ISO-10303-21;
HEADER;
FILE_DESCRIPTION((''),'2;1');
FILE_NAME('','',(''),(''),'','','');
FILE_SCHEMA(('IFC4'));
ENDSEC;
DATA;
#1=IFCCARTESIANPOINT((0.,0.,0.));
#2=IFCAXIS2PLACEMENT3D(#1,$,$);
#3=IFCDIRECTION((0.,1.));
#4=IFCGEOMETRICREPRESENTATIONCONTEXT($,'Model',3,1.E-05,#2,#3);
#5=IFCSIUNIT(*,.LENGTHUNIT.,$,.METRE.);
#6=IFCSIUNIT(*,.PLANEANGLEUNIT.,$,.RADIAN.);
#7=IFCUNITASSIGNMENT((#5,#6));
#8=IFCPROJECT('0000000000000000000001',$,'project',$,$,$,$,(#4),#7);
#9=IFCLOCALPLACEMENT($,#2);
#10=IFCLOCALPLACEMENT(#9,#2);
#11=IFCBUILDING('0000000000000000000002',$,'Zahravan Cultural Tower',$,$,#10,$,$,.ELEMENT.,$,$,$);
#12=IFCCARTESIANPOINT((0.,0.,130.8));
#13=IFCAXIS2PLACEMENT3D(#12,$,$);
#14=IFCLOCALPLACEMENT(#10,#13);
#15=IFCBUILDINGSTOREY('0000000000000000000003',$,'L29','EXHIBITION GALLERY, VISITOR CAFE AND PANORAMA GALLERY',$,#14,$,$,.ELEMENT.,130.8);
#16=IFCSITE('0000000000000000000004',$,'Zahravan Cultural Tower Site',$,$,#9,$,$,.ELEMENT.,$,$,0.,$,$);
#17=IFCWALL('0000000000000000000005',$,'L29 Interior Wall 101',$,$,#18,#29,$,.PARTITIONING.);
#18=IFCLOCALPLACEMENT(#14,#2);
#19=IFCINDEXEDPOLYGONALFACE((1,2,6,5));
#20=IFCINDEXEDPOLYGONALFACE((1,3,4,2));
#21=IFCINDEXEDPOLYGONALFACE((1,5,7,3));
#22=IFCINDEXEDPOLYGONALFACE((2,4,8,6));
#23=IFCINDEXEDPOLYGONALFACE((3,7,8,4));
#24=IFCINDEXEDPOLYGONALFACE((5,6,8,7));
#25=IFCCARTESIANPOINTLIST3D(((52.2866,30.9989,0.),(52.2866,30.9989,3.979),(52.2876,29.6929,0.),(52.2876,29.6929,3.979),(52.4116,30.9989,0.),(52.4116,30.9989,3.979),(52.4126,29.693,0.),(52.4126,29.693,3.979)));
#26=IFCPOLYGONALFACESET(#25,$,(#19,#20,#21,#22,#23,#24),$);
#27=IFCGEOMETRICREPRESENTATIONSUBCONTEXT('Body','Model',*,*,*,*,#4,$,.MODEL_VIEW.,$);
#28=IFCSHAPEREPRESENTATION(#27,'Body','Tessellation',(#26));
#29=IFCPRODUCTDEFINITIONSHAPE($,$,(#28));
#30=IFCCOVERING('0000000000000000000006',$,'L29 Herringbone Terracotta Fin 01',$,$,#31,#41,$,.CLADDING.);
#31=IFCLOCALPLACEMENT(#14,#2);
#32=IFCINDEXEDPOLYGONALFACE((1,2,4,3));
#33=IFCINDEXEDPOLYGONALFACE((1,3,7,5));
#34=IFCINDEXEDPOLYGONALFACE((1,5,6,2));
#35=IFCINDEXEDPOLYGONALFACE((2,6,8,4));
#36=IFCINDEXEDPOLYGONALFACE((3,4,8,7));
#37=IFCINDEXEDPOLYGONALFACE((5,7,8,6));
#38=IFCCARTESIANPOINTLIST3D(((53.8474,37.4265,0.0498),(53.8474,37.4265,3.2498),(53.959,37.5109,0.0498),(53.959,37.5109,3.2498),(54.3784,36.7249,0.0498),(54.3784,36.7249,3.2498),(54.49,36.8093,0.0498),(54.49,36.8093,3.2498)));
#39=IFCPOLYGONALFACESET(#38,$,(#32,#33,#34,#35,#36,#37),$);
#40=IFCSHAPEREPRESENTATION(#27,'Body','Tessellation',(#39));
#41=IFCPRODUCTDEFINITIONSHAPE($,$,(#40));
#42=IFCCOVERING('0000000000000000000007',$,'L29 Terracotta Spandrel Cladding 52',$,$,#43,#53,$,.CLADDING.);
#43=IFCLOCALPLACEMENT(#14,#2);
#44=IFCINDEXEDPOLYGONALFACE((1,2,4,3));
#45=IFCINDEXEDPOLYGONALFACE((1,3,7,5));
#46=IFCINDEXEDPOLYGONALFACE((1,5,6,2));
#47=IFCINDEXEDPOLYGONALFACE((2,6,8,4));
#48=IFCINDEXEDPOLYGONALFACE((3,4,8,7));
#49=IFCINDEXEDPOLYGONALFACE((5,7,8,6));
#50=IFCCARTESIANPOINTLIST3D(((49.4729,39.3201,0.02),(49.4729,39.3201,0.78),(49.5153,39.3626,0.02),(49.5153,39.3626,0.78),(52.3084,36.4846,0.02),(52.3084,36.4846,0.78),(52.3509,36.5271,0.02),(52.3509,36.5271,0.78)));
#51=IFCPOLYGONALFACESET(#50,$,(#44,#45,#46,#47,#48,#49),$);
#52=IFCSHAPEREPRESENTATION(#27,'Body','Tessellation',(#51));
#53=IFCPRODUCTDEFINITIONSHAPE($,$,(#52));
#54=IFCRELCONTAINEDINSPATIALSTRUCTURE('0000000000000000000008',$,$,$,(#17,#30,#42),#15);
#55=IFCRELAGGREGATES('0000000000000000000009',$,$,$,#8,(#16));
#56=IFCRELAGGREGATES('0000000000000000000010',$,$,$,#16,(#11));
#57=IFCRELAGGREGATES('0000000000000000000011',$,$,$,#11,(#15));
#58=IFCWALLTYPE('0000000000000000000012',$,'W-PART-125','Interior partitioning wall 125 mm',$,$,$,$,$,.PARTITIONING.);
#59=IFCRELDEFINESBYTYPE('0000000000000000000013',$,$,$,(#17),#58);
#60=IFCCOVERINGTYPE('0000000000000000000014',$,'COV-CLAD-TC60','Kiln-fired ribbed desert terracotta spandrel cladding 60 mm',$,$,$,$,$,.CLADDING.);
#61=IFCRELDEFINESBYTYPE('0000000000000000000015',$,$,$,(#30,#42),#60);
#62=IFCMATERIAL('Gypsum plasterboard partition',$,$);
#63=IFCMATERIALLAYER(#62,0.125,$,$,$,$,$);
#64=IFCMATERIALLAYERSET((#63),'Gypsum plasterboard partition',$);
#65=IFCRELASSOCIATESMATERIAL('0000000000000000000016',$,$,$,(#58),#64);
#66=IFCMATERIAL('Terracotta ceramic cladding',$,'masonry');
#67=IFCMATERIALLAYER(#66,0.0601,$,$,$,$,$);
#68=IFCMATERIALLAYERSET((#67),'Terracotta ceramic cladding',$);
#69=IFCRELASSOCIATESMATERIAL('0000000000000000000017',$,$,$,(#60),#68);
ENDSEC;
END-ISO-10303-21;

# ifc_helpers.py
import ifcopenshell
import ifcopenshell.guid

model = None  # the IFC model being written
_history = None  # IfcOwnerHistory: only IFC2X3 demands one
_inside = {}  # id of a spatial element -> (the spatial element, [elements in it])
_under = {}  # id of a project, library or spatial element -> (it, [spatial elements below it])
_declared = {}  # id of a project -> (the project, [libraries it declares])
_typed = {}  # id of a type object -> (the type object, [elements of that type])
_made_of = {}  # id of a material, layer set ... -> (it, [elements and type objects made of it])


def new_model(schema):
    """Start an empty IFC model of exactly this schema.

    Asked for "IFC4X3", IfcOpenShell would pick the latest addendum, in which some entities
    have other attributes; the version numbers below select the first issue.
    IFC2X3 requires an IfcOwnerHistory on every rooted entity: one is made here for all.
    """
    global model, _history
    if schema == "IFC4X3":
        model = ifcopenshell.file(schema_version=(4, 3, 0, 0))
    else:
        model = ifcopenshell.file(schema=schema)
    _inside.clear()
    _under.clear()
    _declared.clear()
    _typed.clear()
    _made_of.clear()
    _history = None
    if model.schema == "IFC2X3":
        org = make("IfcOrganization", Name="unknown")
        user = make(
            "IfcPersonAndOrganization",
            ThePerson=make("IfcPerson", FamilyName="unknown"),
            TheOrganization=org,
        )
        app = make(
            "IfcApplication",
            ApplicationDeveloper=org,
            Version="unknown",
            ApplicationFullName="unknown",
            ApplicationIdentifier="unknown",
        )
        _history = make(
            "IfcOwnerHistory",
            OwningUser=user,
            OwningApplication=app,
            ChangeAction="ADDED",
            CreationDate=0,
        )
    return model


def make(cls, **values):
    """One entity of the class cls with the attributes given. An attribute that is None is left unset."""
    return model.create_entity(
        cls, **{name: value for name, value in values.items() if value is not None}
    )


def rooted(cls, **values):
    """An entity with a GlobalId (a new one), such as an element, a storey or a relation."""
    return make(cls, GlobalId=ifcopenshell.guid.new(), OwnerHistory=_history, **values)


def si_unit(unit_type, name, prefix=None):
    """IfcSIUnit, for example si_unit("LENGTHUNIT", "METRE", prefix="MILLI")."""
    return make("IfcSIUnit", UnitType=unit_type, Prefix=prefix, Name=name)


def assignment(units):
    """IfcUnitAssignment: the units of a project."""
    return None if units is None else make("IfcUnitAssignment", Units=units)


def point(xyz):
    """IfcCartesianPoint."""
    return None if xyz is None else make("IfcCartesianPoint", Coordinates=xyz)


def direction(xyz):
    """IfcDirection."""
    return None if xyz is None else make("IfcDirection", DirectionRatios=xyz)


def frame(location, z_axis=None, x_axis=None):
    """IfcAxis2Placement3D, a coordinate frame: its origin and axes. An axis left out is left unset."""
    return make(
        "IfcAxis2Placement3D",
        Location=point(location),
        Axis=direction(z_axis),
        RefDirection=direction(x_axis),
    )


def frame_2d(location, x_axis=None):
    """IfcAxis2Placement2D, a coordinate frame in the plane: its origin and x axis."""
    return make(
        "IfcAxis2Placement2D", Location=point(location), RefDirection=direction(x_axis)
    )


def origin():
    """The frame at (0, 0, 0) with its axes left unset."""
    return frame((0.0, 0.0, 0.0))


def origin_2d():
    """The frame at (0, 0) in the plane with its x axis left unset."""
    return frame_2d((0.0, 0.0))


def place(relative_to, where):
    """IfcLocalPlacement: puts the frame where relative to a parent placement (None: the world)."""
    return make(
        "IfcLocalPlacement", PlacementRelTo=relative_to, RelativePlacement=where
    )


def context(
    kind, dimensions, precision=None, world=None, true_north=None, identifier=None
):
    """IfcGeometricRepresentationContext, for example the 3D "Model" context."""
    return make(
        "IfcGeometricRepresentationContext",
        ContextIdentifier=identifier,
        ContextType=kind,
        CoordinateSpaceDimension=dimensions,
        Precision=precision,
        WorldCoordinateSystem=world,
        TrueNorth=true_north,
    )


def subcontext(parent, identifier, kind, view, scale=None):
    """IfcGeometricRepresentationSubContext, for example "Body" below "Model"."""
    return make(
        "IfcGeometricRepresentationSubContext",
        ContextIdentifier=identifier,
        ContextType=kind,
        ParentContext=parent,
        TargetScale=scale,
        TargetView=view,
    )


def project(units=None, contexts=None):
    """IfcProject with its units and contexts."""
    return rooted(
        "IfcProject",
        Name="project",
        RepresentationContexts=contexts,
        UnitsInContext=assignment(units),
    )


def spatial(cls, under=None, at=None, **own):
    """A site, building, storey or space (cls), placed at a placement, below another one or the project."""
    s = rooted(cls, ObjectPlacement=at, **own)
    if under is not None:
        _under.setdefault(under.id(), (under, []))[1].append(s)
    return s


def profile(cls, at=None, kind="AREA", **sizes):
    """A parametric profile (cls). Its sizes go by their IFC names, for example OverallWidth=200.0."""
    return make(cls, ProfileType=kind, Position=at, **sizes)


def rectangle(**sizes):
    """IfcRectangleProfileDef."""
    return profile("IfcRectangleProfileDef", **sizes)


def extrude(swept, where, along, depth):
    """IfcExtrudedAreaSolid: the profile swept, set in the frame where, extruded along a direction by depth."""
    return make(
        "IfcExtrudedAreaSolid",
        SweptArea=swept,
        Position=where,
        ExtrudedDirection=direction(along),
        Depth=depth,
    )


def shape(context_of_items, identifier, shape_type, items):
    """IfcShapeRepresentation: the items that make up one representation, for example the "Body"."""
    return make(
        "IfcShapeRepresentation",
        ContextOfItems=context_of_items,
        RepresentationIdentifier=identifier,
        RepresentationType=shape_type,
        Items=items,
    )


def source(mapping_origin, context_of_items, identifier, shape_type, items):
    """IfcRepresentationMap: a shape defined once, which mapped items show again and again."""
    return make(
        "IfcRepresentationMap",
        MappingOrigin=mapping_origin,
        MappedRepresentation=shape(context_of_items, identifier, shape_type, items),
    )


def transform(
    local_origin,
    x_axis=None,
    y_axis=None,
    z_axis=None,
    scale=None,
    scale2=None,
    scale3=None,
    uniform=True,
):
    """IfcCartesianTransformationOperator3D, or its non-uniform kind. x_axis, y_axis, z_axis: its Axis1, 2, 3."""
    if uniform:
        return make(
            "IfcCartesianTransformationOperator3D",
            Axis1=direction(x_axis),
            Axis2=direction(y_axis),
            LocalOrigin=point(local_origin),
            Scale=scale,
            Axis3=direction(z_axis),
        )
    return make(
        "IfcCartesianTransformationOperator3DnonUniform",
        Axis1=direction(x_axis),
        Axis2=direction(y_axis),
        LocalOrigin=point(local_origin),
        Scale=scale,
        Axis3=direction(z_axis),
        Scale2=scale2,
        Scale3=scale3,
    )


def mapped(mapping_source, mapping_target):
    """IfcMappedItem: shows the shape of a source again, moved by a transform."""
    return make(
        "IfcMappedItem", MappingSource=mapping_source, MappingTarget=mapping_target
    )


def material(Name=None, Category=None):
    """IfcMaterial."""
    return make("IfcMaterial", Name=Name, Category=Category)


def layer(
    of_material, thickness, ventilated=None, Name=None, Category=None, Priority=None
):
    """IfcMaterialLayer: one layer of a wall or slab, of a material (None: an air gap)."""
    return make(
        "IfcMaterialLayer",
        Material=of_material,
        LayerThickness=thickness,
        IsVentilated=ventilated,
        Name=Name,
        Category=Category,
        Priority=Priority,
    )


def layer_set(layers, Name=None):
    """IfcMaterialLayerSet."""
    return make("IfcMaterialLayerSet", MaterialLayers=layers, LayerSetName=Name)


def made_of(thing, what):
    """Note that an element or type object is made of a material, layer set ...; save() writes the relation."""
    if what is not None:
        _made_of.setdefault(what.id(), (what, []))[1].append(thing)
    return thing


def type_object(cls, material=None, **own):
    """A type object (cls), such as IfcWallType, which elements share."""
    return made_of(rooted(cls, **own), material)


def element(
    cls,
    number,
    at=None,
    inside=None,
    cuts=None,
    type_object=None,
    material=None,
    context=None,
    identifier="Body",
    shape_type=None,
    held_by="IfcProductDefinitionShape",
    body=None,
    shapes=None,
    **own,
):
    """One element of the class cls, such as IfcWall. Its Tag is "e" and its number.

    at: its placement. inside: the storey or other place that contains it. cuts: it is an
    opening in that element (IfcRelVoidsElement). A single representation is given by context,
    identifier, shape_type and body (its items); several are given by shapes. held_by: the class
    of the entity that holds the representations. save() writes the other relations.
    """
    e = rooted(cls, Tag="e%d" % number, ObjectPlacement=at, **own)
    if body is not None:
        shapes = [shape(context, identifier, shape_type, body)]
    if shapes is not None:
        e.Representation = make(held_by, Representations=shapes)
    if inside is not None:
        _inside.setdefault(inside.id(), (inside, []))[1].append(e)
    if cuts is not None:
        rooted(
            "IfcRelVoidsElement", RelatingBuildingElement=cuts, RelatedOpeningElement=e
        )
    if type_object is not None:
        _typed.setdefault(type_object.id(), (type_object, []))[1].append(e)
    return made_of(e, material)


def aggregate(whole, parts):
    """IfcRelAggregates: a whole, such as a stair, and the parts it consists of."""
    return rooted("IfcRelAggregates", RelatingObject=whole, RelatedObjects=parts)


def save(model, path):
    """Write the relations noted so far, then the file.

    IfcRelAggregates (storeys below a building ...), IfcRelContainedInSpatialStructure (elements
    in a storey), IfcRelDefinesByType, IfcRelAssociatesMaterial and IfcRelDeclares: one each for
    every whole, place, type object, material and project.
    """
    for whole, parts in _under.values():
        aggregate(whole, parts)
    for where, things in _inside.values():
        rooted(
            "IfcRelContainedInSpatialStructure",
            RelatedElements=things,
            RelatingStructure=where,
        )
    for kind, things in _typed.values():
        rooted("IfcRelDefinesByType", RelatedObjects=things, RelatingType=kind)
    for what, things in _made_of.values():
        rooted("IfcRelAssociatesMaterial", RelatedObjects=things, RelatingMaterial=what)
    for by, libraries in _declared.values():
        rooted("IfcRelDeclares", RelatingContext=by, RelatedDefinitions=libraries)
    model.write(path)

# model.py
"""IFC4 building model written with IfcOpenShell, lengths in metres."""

from ifc_helpers import new_model, si_unit, direction, frame, frame_2d, origin, origin_2d, place, context, subcontext, project, spatial, rectangle, extrude, source, transform, mapped, material, layer, layer_set, type_object, element, save


model = new_model("IFC4")

# Units and contexts
model_context = context("Model", 3, precision=1e-05, world=origin(), true_north=direction((0.0, 1.0)))
body_context = subcontext(model_context, "Body", "Model", "MODEL_VIEW")
ifc_project = project(units=[si_unit("LENGTHUNIT", "METRE"), si_unit("PLANEANGLEUNIT", "RADIAN")], contexts=[model_context])

# Site, building, storey
site_placement = place(None, origin())
site = spatial("IfcSite", under=ifc_project, at=site_placement, Name="Zahravan Cultural Tower Site", CompositionType="ELEMENT", RefElevation=0.0)
building_placement = place(site_placement, origin())
building = spatial("IfcBuilding", under=site, at=building_placement, Name="Zahravan Cultural Tower", CompositionType="ELEMENT")
storey_placement = place(building_placement, frame((0.0, 0.0, 130.8)))
storey = spatial("IfcBuildingStorey", under=building, at=storey_placement, Name="L29", Description="EXHIBITION GALLERY, VISITOR CAFE AND PANORAMA GALLERY", CompositionType="ELEMENT", Elevation=130.8)

# Shared definitions
ifc_material_1 = material(Name="Gypsum plasterboard partition")
ifc_layer_1 = layer(ifc_material_1, 0.125)
ifc_layer_set_1 = layer_set([ifc_layer_1], Name="Gypsum plasterboard partition")
wall_type_1 = type_object("IfcWallType", Name="W-PART-125", Description="Interior partitioning wall 125 mm", PredefinedType="PARTITIONING", material=ifc_layer_set_1)

# Wall
shared_shape_1 = source(origin(), body_context, "Body", "SweptSolid", [
    extrude(rectangle(XDim=1.3059, YDim=0.125, at=frame_2d((0.6528, 0.0))), origin(), (0.0, 0.0, 1.0), 3.979),
])
wall_1_placement = place(storey_placement, frame((52.3501, 29.6931, 0.0), z_axis=(0.0, 0.0, 1.0), x_axis=(-0.000748, 1.0, 0.0)))
element("IfcWall", 1, at=wall_1_placement, inside=storey, type_object=wall_type_1, Name="L29 Interior Wall 101", PredefinedType="PARTITIONING", context=body_context, shape_type="MappedRepresentation", body=[
    mapped(shared_shape_1, transform((0.0, 0.0, 0.0), x_axis=(1.0, 0.0, 0.0), y_axis=(0.0, 1.0, 0.0), z_axis=(0.0, 0.0, 1.0), scale=1.0)),
])

# Coverings
ifc_material_2 = material(Name="Terracotta ceramic cladding", Category="masonry")
ifc_layer_2 = layer(ifc_material_2, 0.0601)
ifc_layer_set_2 = layer_set([ifc_layer_2], Name="Terracotta ceramic cladding")
covering_type = type_object("IfcCoveringType", Name="COV-CLAD-TC60", Description="Kiln-fired ribbed desert terracotta spandrel cladding 60 mm", PredefinedType="CLADDING", material=ifc_layer_set_2)
shared_shape_2 = source(origin(), body_context, "Body", "SweptSolid", [
    extrude(rectangle(XDim=0.8799, YDim=0.1399, at=origin_2d()), origin(), (0.0, 0.0, 1.0), 3.2),
])
covering_1_placement = place(storey_placement, frame((54.1687, 37.1179, 0.0498), z_axis=(0.0, 0.0, 1.0), x_axis=(-0.603486, 0.797373, 0.0)))
element("IfcCovering", 2, at=covering_1_placement, inside=storey, type_object=covering_type, Name="L29 Herringbone Terracotta Fin 01", PredefinedType="CLADDING", context=body_context, shape_type="MappedRepresentation", body=[
    mapped(shared_shape_2, transform((0.0, 0.0, 0.0), x_axis=(1.0, 0.0, 0.0), y_axis=(0.0, 1.0, 0.0), z_axis=(0.0, 0.0, 1.0), scale=1.0)),
])
shared_shape_3 = source(origin(), body_context, "Body", "SweptSolid", [
    extrude(rectangle(XDim=4.01, YDim=0.0601, at=origin_2d()), origin(), (0.0, 0.0, 1.0), 0.76),
])
covering_2_placement = place(storey_placement, frame((50.9119, 37.9236, 0.02), z_axis=(0.0, 0.0, 1.0), x_axis=(0.707107, -0.707107, 0.0)))
element("IfcCovering", 3, at=covering_2_placement, inside=storey, type_object=covering_type, Name="L29 Terracotta Spandrel Cladding 52", PredefinedType="CLADDING", context=body_context, shape_type="MappedRepresentation", body=[
    mapped(shared_shape_3, transform((0.0, 0.0, 0.0), x_axis=(1.0, 0.0, 0.0), y_axis=(0.0, 1.0, 0.0), z_axis=(0.0, 0.0, 1.0), scale=1.0)),
])

save(model, "model.ifc")
